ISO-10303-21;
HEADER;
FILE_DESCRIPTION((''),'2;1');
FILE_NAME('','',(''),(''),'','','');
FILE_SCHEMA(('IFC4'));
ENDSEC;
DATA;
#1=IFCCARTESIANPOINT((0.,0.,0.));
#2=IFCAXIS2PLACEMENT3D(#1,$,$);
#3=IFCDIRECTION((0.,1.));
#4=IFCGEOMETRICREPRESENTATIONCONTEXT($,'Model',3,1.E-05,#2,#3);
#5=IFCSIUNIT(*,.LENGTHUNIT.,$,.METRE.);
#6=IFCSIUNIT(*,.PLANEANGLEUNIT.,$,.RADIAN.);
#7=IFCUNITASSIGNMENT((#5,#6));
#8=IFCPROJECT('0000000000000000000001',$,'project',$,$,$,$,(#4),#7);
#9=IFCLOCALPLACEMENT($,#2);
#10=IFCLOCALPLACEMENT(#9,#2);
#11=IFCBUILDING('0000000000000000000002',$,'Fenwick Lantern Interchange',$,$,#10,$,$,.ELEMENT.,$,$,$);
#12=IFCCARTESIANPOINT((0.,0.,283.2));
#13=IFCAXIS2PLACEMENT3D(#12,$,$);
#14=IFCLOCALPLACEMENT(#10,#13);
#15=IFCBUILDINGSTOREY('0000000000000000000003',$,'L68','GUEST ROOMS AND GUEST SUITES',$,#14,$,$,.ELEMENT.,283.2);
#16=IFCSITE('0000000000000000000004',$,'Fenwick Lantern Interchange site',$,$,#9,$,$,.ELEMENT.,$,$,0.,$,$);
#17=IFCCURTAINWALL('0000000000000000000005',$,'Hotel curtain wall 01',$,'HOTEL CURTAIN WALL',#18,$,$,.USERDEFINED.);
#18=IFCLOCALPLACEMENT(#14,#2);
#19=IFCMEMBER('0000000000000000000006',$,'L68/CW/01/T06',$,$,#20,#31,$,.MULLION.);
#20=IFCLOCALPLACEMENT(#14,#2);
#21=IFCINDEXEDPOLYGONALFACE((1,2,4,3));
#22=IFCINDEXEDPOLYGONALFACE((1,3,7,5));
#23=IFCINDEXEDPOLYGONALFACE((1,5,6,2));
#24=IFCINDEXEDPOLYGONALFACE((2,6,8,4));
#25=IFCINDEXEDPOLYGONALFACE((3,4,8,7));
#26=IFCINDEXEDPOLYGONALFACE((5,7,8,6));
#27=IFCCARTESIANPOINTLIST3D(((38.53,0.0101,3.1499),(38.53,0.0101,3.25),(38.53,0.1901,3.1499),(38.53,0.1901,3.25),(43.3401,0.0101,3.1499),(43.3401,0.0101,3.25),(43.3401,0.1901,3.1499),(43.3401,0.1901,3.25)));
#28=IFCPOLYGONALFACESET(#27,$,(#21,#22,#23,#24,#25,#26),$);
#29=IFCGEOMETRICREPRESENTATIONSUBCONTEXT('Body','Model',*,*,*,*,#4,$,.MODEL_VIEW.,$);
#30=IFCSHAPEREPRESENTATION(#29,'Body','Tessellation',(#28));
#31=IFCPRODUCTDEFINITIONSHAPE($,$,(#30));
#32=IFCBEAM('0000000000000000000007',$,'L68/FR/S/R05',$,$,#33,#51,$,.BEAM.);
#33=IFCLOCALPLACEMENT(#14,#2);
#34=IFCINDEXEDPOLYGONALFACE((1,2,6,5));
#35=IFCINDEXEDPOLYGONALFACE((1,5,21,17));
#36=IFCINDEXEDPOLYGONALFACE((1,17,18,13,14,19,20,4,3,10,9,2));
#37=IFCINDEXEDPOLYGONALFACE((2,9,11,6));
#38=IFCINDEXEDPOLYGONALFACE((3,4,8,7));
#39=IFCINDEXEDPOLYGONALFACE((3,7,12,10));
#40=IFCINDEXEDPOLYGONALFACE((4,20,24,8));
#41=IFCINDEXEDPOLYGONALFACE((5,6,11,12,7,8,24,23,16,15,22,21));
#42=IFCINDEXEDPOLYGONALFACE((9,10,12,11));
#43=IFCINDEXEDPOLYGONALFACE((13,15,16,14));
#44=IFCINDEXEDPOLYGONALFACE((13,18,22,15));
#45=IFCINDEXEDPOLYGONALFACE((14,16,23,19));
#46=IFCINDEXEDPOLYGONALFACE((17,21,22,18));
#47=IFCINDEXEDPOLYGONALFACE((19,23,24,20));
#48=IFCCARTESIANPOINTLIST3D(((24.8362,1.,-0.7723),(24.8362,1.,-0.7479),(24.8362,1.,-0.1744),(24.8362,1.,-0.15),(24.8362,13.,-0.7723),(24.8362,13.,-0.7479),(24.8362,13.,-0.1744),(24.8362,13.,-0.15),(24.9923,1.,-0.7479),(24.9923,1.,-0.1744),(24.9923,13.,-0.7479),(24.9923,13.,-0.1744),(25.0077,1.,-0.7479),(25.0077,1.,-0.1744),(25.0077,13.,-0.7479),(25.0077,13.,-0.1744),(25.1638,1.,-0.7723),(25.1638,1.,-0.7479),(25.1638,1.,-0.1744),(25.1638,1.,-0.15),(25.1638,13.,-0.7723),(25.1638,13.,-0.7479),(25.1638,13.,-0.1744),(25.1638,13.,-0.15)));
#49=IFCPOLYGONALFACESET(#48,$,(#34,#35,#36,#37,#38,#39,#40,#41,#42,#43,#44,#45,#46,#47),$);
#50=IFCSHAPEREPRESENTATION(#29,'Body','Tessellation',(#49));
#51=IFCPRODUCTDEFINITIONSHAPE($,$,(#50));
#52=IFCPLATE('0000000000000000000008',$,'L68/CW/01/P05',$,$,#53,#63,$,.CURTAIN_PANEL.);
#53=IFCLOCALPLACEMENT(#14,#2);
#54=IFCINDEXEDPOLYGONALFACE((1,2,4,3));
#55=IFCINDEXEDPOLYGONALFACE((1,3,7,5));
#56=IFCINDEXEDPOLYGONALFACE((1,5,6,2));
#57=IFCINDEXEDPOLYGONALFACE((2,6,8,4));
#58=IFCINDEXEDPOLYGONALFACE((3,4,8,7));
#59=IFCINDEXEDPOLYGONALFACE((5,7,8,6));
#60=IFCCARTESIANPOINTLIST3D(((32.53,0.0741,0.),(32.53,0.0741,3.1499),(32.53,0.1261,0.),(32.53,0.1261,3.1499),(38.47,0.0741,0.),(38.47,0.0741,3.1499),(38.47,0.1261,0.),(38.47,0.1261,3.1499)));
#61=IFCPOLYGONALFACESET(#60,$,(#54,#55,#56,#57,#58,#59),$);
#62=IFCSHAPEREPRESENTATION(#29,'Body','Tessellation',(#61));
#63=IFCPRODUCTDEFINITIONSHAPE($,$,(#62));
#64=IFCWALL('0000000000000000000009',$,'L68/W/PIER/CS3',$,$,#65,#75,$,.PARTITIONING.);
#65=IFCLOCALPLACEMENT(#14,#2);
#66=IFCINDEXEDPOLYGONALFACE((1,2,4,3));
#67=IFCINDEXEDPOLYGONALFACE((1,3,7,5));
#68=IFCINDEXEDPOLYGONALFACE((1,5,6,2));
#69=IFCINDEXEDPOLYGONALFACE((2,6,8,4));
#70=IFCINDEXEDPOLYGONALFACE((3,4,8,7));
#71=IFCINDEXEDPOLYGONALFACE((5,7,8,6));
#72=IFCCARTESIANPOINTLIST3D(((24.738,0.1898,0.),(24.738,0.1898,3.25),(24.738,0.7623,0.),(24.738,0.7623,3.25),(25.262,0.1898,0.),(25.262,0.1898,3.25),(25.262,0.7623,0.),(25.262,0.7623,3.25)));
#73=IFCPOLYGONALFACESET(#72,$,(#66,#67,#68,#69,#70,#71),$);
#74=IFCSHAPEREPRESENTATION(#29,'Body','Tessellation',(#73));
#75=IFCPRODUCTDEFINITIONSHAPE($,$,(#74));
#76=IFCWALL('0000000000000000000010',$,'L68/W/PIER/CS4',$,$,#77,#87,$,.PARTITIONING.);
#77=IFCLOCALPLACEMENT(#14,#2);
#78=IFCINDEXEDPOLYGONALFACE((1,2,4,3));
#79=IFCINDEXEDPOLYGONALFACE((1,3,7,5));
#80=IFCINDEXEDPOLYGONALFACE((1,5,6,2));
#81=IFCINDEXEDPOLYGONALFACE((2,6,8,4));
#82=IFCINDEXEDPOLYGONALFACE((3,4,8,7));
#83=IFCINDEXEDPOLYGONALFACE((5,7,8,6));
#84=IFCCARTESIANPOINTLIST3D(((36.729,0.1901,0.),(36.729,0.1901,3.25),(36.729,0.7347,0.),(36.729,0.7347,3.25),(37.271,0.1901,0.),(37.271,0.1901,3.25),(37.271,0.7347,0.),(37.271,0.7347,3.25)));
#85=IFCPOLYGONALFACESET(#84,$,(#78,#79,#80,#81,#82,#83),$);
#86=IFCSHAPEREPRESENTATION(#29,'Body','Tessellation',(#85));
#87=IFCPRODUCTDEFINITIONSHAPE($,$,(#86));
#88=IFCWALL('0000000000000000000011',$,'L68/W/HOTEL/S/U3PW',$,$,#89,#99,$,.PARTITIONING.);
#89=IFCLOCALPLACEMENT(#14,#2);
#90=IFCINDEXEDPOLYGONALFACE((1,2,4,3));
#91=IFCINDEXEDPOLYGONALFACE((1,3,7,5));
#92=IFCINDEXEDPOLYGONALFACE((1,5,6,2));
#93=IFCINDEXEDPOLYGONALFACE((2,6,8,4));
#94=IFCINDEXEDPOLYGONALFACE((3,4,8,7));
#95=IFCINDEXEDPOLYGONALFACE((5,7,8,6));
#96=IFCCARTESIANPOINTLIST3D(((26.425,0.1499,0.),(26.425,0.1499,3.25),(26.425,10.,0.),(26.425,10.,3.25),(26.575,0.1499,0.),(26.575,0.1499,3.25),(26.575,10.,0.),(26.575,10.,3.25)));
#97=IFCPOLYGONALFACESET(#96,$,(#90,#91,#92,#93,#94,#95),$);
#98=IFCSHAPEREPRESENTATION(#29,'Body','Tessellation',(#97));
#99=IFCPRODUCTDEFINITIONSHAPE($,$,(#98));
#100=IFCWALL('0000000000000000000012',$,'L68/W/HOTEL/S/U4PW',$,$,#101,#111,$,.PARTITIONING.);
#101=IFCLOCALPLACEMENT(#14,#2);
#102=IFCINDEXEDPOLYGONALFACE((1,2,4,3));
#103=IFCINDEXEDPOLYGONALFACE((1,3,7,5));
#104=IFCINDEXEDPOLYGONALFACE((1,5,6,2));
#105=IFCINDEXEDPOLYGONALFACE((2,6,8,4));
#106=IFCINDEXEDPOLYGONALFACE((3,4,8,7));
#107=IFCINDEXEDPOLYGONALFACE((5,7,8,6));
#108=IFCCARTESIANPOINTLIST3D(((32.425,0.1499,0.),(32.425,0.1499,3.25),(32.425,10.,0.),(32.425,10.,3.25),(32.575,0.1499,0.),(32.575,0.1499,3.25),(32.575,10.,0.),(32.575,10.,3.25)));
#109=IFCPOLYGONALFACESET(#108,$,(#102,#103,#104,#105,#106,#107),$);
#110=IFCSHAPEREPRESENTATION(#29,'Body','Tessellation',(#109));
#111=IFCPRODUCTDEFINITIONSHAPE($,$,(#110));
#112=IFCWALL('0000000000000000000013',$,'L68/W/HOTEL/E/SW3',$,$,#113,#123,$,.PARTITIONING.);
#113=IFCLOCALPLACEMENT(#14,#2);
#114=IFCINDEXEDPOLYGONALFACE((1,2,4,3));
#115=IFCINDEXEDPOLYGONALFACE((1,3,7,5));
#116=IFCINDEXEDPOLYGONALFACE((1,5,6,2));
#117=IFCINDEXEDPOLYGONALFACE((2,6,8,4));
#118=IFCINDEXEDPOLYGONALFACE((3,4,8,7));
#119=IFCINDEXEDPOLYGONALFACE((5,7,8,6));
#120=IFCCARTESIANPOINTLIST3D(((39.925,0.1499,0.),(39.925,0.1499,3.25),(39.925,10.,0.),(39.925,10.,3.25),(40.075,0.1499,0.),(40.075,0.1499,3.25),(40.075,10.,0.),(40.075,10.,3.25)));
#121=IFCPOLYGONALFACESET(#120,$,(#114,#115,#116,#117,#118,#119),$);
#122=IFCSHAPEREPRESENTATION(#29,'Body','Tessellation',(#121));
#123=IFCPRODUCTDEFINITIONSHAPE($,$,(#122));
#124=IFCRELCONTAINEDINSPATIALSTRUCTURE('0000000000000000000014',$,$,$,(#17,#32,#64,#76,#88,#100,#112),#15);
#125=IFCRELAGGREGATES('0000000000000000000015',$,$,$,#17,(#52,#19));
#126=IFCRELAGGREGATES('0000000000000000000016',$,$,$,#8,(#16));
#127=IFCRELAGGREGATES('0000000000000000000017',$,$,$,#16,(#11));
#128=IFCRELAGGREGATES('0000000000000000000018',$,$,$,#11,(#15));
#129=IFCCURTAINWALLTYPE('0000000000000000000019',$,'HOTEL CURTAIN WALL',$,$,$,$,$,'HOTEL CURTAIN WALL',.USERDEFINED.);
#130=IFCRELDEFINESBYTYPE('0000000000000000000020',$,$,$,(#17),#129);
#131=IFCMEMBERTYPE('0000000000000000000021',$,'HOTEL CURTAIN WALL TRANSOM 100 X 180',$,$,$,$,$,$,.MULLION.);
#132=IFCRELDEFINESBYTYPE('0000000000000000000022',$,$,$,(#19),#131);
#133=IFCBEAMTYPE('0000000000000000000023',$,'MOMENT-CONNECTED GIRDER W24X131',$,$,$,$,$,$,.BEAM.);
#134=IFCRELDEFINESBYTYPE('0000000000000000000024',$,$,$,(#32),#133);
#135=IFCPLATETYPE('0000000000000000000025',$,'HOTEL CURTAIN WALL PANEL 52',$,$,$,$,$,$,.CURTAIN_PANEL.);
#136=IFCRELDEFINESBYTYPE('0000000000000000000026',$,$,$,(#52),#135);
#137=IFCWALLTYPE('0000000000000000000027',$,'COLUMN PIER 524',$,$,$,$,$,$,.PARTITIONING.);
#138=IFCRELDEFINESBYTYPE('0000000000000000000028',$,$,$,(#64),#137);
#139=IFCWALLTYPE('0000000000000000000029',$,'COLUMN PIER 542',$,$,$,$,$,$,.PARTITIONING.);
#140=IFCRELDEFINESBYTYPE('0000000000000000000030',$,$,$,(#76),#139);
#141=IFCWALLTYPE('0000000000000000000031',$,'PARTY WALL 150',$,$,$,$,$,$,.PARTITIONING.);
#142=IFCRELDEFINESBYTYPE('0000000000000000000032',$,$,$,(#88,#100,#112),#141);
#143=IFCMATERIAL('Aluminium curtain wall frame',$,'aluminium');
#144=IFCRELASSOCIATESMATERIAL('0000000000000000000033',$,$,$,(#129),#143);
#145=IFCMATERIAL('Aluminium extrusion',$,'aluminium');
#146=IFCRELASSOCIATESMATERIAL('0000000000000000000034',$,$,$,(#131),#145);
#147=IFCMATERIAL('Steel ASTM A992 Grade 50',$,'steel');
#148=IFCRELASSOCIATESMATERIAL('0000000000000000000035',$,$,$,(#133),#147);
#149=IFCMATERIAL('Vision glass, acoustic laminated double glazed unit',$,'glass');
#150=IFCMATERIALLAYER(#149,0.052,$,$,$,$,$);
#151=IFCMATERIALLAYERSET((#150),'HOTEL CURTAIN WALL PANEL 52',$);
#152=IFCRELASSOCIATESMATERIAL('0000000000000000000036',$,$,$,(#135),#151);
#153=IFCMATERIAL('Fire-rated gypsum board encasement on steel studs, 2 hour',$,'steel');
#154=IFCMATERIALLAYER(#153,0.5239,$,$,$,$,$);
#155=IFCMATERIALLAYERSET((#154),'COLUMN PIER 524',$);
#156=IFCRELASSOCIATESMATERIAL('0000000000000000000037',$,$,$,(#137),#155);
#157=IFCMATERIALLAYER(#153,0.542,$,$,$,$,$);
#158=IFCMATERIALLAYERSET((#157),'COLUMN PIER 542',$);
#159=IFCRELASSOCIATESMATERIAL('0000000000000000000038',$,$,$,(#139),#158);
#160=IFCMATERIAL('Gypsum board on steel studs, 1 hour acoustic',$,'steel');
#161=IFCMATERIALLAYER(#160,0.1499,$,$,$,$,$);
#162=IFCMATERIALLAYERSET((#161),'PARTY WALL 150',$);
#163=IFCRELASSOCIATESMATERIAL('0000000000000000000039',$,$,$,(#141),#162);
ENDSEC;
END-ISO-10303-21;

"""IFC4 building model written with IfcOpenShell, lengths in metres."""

from ifc_helpers import new_model, si_unit, direction, frame, frame_2d, origin, origin_2d, place, context, subcontext, project, spatial, rectangle, i_section, extrude, material, layer, layer_set, material_profile, profile_set, type_object, element, aggregate, save


model = new_model("IFC4")

# Units and contexts
model_context = context("Model", 3, precision=1e-05, world=origin(), true_north=direction((0.0, 1.0)))
body_context = subcontext(model_context, "Body", "Model", "MODEL_VIEW")
ifc_project = project(units=[si_unit("LENGTHUNIT", "METRE"), si_unit("PLANEANGLEUNIT", "RADIAN")], contexts=[model_context])

# Site, building, storey
site_placement = place(None, origin())
site = spatial("IfcSite", under=ifc_project, at=site_placement, Name="Fenwick Lantern Interchange site", CompositionType="ELEMENT", RefElevation=0.0)
building_placement = place(site_placement, origin())
building = spatial("IfcBuilding", under=site, at=building_placement, Name="Fenwick Lantern Interchange", CompositionType="ELEMENT")
storey_placement = place(building_placement, frame((0.0, 0.0, 283.2)))
storey = spatial("IfcBuildingStorey", under=building, at=storey_placement, Name="L68", Description="GUEST ROOMS AND GUEST SUITES", CompositionType="ELEMENT", Elevation=283.2)

# Shared definitions
ifc_material_1 = material(Name="Steel ASTM A992 Grade 50", Category="steel")

# Curtain wall, member
ifc_material_2 = material(Name="Aluminium curtain wall frame", Category="aluminium")
curtain_wall_type = type_object("IfcCurtainWallType", Name="HOTEL CURTAIN WALL", ElementType="HOTEL CURTAIN WALL", PredefinedType="USERDEFINED", material=ifc_material_2)
curtain_wall_placement = place(storey_placement, origin())
curtain_wall = element("IfcCurtainWall", 1, at=curtain_wall_placement, inside=storey, type_object=curtain_wall_type, Name="Hotel curtain wall 01", ObjectType="HOTEL CURTAIN WALL", PredefinedType="USERDEFINED")
ifc_material_3 = material(Name="Aluminium extrusion", Category="aluminium")
ifc_material_profile_1 = material_profile(ifc_material_3, rectangle(XDim=0.1799, YDim=0.1001, at=origin_2d()), Name="HOTEL CURTAIN WALL TRANSOM 100 X 180")
ifc_profile_set_1 = profile_set([ifc_material_profile_1], Name="Aluminium extrusion")
member_type_1 = type_object("IfcMemberType", Name="HOTEL CURTAIN WALL TRANSOM 100 X 180", PredefinedType="MULLION", material=ifc_profile_set_1)
member_1_placement = place(storey_placement, frame((38.53, 0.1001, 3.2), z_axis=(1.0, 0.0, 0.0), x_axis=(0.0, 1.0, 0.0)))
member_1 = element("IfcMember", 2, at=member_1_placement, type_object=member_type_1, Name="L68/CW/01/T06", PredefinedType="MULLION", context=body_context, shape_type="SweptSolid", body=[
    extrude(rectangle(XDim=0.1799, YDim=0.1001, at=origin_2d()), origin(), (0.0, 0.0, 1.0), 4.8101),
])

# Beam
ifc_material_profile_2 = material_profile(ifc_material_1, i_section(OverallWidth=0.3276, OverallDepth=0.6223, WebThickness=0.0154, FlangeThickness=0.0244, at=origin_2d()), Name="W24X131")
ifc_profile_set_2 = profile_set([ifc_material_profile_2], Name="Steel ASTM A992 Grade 50")
beam_type_1 = type_object("IfcBeamType", Name="MOMENT-CONNECTED GIRDER W24X131", PredefinedType="BEAM", material=ifc_profile_set_2)
beam_1_placement = place(storey_placement, frame((25.0, 1.0, -0.4612), z_axis=(0.0, 1.0, 0.0), x_axis=(-1.0, 0.0, 0.0)))
element("IfcBeam", 3, at=beam_1_placement, inside=storey, type_object=beam_type_1, Name="L68/FR/S/R05", PredefinedType="BEAM", context=body_context, shape_type="SweptSolid", body=[
    extrude(i_section(OverallWidth=0.3276, OverallDepth=0.6223, WebThickness=0.0154, FlangeThickness=0.0244, at=origin_2d()), origin(), (0.0, 0.0, 1.0), 12.0),
])

# Plate
ifc_material_4 = material(Name="Vision glass, acoustic laminated double glazed unit", Category="glass")
ifc_layer_1 = layer(ifc_material_4, 0.052)
ifc_layer_set_1 = layer_set([ifc_layer_1], Name="HOTEL CURTAIN WALL PANEL 52")
plate_type = type_object("IfcPlateType", Name="HOTEL CURTAIN WALL PANEL 52", PredefinedType="CURTAIN_PANEL", material=ifc_layer_set_1)
plate_placement = place(storey_placement, frame((35.5, 0.1001, 0.0), z_axis=(0.0, 0.0, 1.0), x_axis=(1.0, 0.0, 0.0)))
plate = element("IfcPlate", 4, at=plate_placement, type_object=plate_type, Name="L68/CW/01/P05", PredefinedType="CURTAIN_PANEL", context=body_context, shape_type="SweptSolid", body=[
    extrude(rectangle(XDim=5.9399, YDim=0.052, at=origin_2d()), origin(), (0.0, 0.0, 1.0), 3.1499),
])
aggregate(curtain_wall, [plate, member_1])

# Walls
ifc_material_5 = material(Name="Fire-rated gypsum board encasement on steel studs, 2 hour", Category="steel")
ifc_layer_2 = layer(ifc_material_5, 0.5239)
ifc_layer_set_2 = layer_set([ifc_layer_2], Name="COLUMN PIER 524")
wall_type_1 = type_object("IfcWallType", Name="COLUMN PIER 524", PredefinedType="PARTITIONING", material=ifc_layer_set_2)
wall_1_placement = place(storey_placement, frame((25.0, 0.1899, 0.0), z_axis=(0.0, 0.0, 1.0), x_axis=(0.0, 1.0, 0.0)))
element("IfcWall", 5, at=wall_1_placement, inside=storey, type_object=wall_type_1, Name="L68/W/PIER/CS3", PredefinedType="PARTITIONING", context=body_context, shape_type="SweptSolid", body=[
    extrude(rectangle(XDim=0.5725, YDim=0.5239, at=frame_2d((0.2861, 0.0))), origin(), (0.0, 0.0, 1.0), 3.25),
])
ifc_layer_3 = layer(ifc_material_5, 0.542)
ifc_layer_set_3 = layer_set([ifc_layer_3], Name="COLUMN PIER 542")
wall_type_2 = type_object("IfcWallType", Name="COLUMN PIER 542", PredefinedType="PARTITIONING", material=ifc_layer_set_3)
wall_2_placement = place(storey_placement, frame((37.0, 0.1899, 0.0), z_axis=(0.0, 0.0, 1.0), x_axis=(0.0, 1.0, 0.0)))
element("IfcWall", 6, at=wall_2_placement, inside=storey, type_object=wall_type_2, Name="L68/W/PIER/CS4", PredefinedType="PARTITIONING", context=body_context, shape_type="SweptSolid", body=[
    extrude(rectangle(XDim=0.5447, YDim=0.542, at=frame_2d((0.2725, 0.0))), origin(), (0.0, 0.0, 1.0), 3.25),
])
ifc_material_6 = material(Name="Gypsum board on steel studs, 1 hour acoustic", Category="steel")
ifc_layer_4 = layer(ifc_material_6, 0.1499)
ifc_layer_set_4 = layer_set([ifc_layer_4], Name="PARTY WALL 150")
wall_type_3 = type_object("IfcWallType", Name="PARTY WALL 150", PredefinedType="PARTITIONING", material=ifc_layer_set_4)
for number, where, z_axis, x_axis, name in (
    (7, (26.5, 0.1499, 0.0), (0.0, 0.0, 1.0), (0.0, 1.0, 0.0), "L68/W/HOTEL/S/U3PW"),
    (8, (32.5, 0.1499, 0.0), (0.0, 0.0, 1.0), (0.0, 1.0, 0.0), "L68/W/HOTEL/S/U4PW"),
    (9, (40.0, 0.1499, 0.0), (0.0, 0.0, 1.0), (0.0, 1.0, 0.0), "L68/W/HOTEL/E/SW3"),
):
    element("IfcWall", number, at=place(storey_placement, frame(where, z_axis=z_axis, x_axis=x_axis)), inside=storey, type_object=wall_type_3, Name=name, PredefinedType="PARTITIONING", context=body_context, shape_type="SweptSolid", body=[
        extrude(rectangle(XDim=9.8501, YDim=0.1499, at=frame_2d((4.925, 0.0))), origin(), (0.0, 0.0, 1.0), 3.25),
    ])

save(model, "model.ifc")
